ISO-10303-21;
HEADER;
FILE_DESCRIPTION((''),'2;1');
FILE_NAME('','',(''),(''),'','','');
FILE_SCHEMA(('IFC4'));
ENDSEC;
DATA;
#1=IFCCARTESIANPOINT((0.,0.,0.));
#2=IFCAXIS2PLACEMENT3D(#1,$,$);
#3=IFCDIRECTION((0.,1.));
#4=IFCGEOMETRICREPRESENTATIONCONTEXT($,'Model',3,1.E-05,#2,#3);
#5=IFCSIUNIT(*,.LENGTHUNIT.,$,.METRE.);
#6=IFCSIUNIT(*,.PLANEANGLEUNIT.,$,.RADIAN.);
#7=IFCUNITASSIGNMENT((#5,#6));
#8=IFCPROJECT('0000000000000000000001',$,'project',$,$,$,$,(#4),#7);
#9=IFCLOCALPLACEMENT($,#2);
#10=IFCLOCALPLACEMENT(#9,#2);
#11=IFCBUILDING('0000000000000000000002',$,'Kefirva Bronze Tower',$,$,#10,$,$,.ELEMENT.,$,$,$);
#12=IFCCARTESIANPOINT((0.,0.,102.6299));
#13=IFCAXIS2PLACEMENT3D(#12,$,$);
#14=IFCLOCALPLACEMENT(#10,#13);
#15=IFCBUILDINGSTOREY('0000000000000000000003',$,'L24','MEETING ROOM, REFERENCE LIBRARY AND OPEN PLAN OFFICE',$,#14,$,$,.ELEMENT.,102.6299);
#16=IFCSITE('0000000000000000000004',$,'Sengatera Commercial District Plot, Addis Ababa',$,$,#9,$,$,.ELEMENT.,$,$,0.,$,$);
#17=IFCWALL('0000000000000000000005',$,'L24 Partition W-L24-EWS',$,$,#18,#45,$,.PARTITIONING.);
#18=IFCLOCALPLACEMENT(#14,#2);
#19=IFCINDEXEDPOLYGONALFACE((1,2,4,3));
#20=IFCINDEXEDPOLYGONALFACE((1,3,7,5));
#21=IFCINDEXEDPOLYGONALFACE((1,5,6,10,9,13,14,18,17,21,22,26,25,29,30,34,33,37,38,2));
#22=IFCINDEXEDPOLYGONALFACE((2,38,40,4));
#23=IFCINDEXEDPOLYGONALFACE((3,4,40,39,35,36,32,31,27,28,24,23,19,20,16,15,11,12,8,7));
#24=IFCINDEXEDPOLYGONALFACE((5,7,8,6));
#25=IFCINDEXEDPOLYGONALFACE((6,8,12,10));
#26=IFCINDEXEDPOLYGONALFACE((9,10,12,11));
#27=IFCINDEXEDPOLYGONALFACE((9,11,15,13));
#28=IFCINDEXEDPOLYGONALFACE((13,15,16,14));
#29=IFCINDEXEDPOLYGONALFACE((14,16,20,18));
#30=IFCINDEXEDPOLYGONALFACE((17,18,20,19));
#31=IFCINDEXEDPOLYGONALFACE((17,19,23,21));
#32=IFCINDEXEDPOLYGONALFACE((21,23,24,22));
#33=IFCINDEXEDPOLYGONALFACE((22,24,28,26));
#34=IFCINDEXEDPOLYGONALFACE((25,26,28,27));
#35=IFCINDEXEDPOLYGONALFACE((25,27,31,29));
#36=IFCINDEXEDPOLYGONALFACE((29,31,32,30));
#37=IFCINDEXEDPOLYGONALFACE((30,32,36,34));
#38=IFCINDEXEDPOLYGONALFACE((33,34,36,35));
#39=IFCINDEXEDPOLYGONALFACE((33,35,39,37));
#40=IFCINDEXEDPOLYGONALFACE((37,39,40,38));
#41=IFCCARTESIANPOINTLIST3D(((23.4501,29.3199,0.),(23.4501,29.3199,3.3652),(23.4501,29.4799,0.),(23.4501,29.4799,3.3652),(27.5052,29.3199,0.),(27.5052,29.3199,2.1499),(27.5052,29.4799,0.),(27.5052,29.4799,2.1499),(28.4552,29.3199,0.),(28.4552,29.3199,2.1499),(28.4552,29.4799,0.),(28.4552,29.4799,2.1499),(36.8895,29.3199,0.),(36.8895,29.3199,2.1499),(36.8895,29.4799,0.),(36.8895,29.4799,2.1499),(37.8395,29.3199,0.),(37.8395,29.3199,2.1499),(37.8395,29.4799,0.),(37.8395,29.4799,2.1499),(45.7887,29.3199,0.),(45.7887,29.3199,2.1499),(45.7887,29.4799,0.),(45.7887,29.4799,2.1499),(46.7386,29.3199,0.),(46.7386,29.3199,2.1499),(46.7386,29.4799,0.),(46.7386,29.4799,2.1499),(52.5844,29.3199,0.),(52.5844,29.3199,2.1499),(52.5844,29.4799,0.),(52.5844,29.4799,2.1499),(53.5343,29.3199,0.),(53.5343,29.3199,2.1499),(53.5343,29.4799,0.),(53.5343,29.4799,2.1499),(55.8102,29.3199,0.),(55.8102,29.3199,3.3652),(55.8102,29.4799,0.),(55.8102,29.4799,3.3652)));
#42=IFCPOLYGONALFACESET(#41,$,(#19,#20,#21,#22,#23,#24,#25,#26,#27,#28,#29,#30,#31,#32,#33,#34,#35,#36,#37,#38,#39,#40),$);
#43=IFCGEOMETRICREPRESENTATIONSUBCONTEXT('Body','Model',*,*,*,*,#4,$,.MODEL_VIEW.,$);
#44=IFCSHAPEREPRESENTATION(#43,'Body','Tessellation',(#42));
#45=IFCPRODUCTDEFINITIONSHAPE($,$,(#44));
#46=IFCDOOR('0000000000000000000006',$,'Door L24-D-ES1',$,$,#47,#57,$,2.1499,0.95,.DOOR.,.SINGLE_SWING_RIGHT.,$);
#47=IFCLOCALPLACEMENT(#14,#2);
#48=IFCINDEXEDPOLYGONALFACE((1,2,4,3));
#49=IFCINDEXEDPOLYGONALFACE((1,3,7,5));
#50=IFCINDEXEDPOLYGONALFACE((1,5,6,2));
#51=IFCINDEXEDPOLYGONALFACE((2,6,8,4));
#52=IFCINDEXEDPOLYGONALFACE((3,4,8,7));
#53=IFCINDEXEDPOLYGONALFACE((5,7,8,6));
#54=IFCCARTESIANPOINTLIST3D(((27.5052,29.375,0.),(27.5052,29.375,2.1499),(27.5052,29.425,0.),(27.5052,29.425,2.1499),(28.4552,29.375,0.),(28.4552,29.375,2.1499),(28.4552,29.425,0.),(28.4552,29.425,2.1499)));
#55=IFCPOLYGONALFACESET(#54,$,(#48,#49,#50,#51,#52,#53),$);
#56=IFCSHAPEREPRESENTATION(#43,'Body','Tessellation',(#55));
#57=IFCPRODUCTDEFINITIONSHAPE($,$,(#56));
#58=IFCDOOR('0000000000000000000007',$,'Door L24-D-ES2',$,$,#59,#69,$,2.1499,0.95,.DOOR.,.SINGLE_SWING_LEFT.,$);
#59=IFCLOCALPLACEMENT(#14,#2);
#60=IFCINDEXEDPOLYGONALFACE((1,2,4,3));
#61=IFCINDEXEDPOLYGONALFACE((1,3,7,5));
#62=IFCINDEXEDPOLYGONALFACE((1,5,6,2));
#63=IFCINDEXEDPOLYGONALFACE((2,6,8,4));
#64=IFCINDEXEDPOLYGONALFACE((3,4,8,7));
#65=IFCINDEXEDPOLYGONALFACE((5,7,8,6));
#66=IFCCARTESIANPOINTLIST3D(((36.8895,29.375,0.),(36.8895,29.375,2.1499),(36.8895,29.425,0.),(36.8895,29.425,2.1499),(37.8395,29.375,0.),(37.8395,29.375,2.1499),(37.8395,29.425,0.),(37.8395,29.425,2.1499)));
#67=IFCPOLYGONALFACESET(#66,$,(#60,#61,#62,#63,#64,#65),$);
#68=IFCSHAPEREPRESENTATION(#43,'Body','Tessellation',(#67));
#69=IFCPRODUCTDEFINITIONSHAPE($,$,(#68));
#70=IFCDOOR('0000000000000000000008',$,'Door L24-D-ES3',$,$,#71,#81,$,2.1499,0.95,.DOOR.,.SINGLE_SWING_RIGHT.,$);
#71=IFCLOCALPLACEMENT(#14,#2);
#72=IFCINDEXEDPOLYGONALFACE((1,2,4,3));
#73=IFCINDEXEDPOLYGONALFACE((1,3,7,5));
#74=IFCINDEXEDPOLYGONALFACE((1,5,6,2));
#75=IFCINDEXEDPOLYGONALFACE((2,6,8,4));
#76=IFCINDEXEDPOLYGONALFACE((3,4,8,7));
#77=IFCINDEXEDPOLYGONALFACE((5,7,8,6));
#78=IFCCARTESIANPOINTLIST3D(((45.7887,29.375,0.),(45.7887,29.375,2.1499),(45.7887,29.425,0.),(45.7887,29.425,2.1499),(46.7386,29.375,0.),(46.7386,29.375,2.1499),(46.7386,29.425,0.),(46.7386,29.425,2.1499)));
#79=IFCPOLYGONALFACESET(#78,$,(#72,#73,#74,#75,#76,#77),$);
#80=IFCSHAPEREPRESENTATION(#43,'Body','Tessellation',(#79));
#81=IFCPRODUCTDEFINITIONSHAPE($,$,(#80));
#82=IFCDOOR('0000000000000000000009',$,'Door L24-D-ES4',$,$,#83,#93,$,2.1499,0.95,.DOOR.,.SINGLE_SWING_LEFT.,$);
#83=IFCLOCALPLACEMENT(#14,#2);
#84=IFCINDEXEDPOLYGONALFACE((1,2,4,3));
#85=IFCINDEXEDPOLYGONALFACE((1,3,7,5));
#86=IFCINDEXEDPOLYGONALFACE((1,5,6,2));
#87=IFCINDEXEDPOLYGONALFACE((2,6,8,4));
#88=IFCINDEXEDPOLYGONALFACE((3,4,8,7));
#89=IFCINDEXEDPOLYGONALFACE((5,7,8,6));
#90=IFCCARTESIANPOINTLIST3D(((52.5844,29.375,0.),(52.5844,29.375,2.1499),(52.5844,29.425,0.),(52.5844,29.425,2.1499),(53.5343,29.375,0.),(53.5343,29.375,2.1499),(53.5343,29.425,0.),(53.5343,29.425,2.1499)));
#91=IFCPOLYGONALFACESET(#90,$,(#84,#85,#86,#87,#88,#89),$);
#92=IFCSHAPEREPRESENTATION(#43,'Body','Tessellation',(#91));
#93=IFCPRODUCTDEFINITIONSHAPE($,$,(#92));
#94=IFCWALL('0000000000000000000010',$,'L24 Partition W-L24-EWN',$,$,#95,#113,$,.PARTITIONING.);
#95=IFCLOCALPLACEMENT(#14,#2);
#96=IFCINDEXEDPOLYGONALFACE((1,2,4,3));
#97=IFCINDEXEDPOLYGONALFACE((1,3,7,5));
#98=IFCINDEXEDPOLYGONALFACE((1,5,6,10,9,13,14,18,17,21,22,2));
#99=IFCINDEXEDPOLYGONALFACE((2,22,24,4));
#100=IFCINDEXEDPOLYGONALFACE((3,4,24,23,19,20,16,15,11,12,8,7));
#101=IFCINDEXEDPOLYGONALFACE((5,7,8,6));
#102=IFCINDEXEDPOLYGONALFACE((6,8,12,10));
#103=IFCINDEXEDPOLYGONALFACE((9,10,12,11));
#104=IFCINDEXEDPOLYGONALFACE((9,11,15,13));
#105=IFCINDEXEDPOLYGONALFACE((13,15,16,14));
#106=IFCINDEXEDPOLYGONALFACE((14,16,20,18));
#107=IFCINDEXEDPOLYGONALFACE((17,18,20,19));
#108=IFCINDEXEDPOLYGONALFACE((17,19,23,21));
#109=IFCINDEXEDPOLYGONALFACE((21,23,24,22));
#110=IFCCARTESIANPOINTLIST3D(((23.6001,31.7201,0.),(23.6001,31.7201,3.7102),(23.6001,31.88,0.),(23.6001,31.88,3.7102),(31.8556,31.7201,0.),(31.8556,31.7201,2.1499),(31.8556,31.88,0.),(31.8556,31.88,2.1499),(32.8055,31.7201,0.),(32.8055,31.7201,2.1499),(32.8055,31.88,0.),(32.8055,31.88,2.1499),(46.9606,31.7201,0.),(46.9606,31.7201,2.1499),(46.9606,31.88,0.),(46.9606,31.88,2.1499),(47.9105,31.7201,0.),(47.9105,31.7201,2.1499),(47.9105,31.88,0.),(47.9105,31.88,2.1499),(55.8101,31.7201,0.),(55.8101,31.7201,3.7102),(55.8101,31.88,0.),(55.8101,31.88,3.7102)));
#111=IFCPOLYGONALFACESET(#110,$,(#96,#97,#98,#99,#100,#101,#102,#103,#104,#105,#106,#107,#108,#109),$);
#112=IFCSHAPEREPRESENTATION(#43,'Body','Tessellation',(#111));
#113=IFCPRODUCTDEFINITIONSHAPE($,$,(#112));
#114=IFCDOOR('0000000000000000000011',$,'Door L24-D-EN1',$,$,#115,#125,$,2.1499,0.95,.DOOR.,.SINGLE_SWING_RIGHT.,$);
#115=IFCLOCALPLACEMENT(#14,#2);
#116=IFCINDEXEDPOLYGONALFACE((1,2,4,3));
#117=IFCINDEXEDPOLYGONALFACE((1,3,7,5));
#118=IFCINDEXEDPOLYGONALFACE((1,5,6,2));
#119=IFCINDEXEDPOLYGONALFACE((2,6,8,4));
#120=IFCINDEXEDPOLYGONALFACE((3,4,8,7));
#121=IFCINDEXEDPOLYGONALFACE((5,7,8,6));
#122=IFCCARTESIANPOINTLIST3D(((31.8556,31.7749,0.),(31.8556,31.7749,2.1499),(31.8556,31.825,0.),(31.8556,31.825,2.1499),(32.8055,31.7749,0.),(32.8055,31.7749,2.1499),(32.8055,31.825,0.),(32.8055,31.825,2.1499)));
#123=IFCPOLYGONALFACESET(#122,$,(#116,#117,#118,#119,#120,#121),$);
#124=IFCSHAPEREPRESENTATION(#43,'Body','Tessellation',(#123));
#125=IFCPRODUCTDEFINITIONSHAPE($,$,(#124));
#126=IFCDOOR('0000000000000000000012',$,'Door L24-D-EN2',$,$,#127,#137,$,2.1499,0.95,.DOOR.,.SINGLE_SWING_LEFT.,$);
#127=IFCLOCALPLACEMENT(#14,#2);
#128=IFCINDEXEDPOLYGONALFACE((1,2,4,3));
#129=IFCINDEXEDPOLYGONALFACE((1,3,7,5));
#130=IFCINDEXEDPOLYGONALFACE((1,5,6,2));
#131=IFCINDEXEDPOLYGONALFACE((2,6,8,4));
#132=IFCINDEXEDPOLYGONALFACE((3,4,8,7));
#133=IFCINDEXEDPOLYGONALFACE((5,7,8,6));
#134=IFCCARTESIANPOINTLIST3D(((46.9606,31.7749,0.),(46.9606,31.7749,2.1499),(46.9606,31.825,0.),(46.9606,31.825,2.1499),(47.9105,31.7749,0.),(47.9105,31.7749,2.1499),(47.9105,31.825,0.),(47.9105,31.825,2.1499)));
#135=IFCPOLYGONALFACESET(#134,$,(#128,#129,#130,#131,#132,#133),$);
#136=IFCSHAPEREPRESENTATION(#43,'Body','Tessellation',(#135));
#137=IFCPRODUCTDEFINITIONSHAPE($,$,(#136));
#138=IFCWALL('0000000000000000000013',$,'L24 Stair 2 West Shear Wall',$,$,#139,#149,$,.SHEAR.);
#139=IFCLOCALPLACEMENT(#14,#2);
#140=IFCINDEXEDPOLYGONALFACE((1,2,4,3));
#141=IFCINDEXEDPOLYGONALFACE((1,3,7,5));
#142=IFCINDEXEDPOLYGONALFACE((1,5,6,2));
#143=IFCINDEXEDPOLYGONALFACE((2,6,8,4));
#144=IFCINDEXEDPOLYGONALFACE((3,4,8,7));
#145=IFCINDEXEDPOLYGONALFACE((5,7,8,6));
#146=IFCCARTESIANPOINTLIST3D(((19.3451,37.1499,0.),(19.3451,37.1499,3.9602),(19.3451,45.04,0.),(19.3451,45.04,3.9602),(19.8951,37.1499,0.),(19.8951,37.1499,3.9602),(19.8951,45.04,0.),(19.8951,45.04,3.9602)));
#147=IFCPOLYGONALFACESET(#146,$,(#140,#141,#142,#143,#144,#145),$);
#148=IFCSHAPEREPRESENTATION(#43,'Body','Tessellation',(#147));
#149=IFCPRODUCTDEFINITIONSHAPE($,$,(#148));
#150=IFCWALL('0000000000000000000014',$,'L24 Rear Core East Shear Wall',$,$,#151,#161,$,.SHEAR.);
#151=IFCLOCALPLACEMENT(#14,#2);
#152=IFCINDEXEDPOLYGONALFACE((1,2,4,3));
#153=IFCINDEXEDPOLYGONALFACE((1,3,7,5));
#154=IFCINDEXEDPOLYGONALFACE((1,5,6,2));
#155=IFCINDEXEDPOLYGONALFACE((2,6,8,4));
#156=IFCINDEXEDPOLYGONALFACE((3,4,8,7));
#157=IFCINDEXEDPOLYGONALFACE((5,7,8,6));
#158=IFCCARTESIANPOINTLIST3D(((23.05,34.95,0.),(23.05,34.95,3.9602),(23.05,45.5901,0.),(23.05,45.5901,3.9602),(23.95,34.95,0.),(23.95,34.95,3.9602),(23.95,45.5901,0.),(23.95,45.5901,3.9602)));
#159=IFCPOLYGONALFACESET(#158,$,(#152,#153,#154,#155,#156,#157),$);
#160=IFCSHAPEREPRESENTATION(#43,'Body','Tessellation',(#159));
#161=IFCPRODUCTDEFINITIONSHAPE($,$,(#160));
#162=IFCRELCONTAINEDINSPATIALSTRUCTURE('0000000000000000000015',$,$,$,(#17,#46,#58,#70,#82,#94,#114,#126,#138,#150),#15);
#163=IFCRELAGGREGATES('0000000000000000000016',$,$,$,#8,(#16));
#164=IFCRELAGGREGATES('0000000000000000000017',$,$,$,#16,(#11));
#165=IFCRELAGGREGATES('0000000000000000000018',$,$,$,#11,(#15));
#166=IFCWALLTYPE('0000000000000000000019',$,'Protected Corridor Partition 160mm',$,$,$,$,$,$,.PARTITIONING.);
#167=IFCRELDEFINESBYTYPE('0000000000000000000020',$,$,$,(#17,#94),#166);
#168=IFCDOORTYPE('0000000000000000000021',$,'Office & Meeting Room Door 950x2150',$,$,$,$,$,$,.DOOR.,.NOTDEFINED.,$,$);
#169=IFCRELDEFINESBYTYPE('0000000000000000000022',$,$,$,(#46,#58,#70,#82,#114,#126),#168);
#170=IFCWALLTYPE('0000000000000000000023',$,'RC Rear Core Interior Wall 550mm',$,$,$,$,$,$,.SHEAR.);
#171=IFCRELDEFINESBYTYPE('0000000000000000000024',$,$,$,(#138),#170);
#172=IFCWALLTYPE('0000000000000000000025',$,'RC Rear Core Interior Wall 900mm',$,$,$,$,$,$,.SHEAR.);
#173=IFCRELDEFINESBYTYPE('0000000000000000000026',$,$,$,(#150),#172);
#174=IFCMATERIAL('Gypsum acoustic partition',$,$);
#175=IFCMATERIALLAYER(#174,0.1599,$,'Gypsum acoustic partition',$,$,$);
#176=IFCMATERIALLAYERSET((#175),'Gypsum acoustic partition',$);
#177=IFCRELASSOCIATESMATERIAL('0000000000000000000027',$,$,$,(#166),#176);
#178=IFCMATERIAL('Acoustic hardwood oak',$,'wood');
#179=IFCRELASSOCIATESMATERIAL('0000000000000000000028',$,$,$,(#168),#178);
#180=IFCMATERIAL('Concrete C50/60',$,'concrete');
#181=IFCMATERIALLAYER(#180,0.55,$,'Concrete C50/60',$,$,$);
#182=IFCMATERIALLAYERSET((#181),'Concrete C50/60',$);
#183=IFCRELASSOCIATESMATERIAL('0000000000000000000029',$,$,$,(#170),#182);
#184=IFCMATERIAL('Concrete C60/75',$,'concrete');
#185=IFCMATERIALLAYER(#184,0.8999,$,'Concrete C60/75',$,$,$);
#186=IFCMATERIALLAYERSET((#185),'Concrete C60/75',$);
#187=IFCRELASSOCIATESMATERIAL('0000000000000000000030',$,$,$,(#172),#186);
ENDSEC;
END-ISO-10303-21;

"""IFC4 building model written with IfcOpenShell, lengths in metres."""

from ifc_helpers import new_model, si_unit, direction, frame, frame_2d, origin, place, context, subcontext, project, spatial, rectangle, extrude, material, layer, layer_set, type_object, element, fill, save


model = new_model("IFC4")

# Units and contexts
model_context = context("Model", 3, precision=1e-05, world=origin(), true_north=direction((0.0, 1.0)))
body_context = subcontext(model_context, "Body", "Model", "MODEL_VIEW")
ifc_project = project(units=[si_unit("LENGTHUNIT", "METRE"), si_unit("PLANEANGLEUNIT", "RADIAN")], contexts=[model_context])

# Site, building, storey
site_placement = place(None, origin())
site = spatial("IfcSite", under=ifc_project, at=site_placement, Name="Sengatera Commercial District Plot, Addis Ababa", CompositionType="ELEMENT", RefElevation=0.0)
building_placement = place(site_placement, origin())
building = spatial("IfcBuilding", under=site, at=building_placement, Name="Kefirva Bronze Tower", CompositionType="ELEMENT")
storey_placement = place(building_placement, frame((0.0, 0.0, 102.6299)))
storey = spatial("IfcBuildingStorey", under=building, at=storey_placement, Name="L24", Description="MEETING ROOM, REFERENCE LIBRARY AND OPEN PLAN OFFICE", CompositionType="ELEMENT", Elevation=102.6299)

# Shared definitions
ifc_material_1 = material(Name="Concrete C60/75", Category="concrete")

# Walls, openings, doors
ifc_material_2 = material(Name="Gypsum acoustic partition")
ifc_layer_1 = layer(ifc_material_2, 0.1599, Name="Gypsum acoustic partition")
ifc_layer_set_1 = layer_set([ifc_layer_1], Name="Gypsum acoustic partition")
wall_type_1 = type_object("IfcWallType", Name="Protected Corridor Partition 160mm", PredefinedType="PARTITIONING", material=ifc_layer_set_1)
wall_1_placement = place(storey_placement, frame((23.45, 29.3999, 0.0), z_axis=(0.0, 0.0, 1.0), x_axis=(1.0, 0.0, 0.0)))
wall_1 = element("IfcWall", 1, at=wall_1_placement, inside=storey, type_object=wall_type_1, Name="L24 Partition W-L24-EWS", PredefinedType="PARTITIONING", context=body_context, shape_type="SweptSolid", body=[
    extrude(rectangle(XDim=32.3601, YDim=0.1599, at=frame_2d((16.1802, 0.0))), origin(), (0.0, 0.0, 1.0), 3.3652),
])
opening_1_placement = place(wall_1_placement, frame((5.0054, 0.0, 0.0), z_axis=(0.0, 0.0, 1.0), x_axis=(-1.0, 0.0, 0.0)))
opening_1 = element("IfcOpeningElement", 2, at=opening_1_placement, cuts=wall_1, PredefinedType="OPENING", context=body_context, shape_type="SweptSolid", body=[
    extrude(rectangle(XDim=0.95, YDim=2.1499, at=frame_2d((0.4751, 1.075))), frame((0.0, 0.0898, 0.0), z_axis=(0.0, -1.0, 0.0), x_axis=(1.0, 0.0, 0.0)), (0.0, 0.0, 1.0), 0.1799),
])
opening_2_placement = place(wall_1_placement, frame((14.3896, 0.0, 0.0), z_axis=(0.0, 0.0, 1.0), x_axis=(-1.0, 0.0, 0.0)))
opening_2 = element("IfcOpeningElement", 3, at=opening_2_placement, cuts=wall_1, PredefinedType="OPENING", context=body_context, shape_type="SweptSolid", body=[
    extrude(rectangle(XDim=0.95, YDim=2.1499, at=frame_2d((0.4751, 1.075))), frame((0.0, 0.0898, 0.0), z_axis=(0.0, -1.0, 0.0), x_axis=(1.0, 0.0, 0.0)), (0.0, 0.0, 1.0), 0.1799),
])
opening_3_placement = place(wall_1_placement, frame((23.2888, 0.0, 0.0), z_axis=(0.0, 0.0, 1.0), x_axis=(-1.0, 0.0, 0.0)))
opening_3 = element("IfcOpeningElement", 4, at=opening_3_placement, cuts=wall_1, PredefinedType="OPENING", context=body_context, shape_type="SweptSolid", body=[
    extrude(rectangle(XDim=0.95, YDim=2.1499, at=frame_2d((0.4751, 1.075))), frame((0.0, 0.0898, 0.0), z_axis=(0.0, -1.0, 0.0), x_axis=(1.0, 0.0, 0.0)), (0.0, 0.0, 1.0), 0.1799),
])
opening_4_placement = place(wall_1_placement, frame((30.0845, 0.0, 0.0), z_axis=(0.0, 0.0, 1.0), x_axis=(-1.0, 0.0, 0.0)))
opening_4 = element("IfcOpeningElement", 5, at=opening_4_placement, cuts=wall_1, PredefinedType="OPENING", context=body_context, shape_type="SweptSolid", body=[
    extrude(rectangle(XDim=0.95, YDim=2.1499, at=frame_2d((0.4751, 1.075))), frame((0.0, 0.0898, 0.0), z_axis=(0.0, -1.0, 0.0), x_axis=(1.0, 0.0, 0.0)), (0.0, 0.0, 1.0), 0.1799),
])
ifc_material_3 = material(Name="Acoustic hardwood oak", Category="wood")
door_type_1 = type_object("IfcDoorType", Name="Office & Meeting Room Door 950x2150", OperationType="NOTDEFINED", PredefinedType="DOOR", material=ifc_material_3)
door_1_placement = place(opening_1_placement, origin())
door_1 = element("IfcDoor", 6, at=door_1_placement, inside=storey, type_object=door_type_1, Name="Door L24-D-ES1", OperationType="SINGLE_SWING_RIGHT", OverallHeight=2.1499, OverallWidth=0.95, PredefinedType="DOOR", context=body_context, shape_type="SweptSolid", body=[
    extrude(rectangle(XDim=0.95, YDim=2.1499, at=frame_2d((0.4751, 1.075))), frame((0.0, 0.0249, 0.0), z_axis=(0.0, -1.0, 0.0), x_axis=(1.0, 0.0, 0.0)), (0.0, 0.0, 1.0), 0.05),
])
fill(opening_1, door_1)
door_2_placement = place(opening_2_placement, origin())
door_2 = element("IfcDoor", 7, at=door_2_placement, inside=storey, type_object=door_type_1, Name="Door L24-D-ES2", OperationType="SINGLE_SWING_LEFT", OverallHeight=2.1499, OverallWidth=0.95, PredefinedType="DOOR", context=body_context, shape_type="SweptSolid", body=[
    extrude(rectangle(XDim=0.95, YDim=2.1499, at=frame_2d((0.4751, 1.075))), frame((0.0, 0.0249, 0.0), z_axis=(0.0, -1.0, 0.0), x_axis=(1.0, 0.0, 0.0)), (0.0, 0.0, 1.0), 0.05),
])
fill(opening_2, door_2)
door_3_placement = place(opening_3_placement, origin())
door_3 = element("IfcDoor", 8, at=door_3_placement, inside=storey, type_object=door_type_1, Name="Door L24-D-ES3", OperationType="SINGLE_SWING_RIGHT", OverallHeight=2.1499, OverallWidth=0.95, PredefinedType="DOOR", context=body_context, shape_type="SweptSolid", body=[
    extrude(rectangle(XDim=0.95, YDim=2.1499, at=frame_2d((0.4751, 1.075))), frame((0.0, 0.0249, 0.0), z_axis=(0.0, -1.0, 0.0), x_axis=(1.0, 0.0, 0.0)), (0.0, 0.0, 1.0), 0.05),
])
fill(opening_3, door_3)
door_4_placement = place(opening_4_placement, origin())
door_4 = element("IfcDoor", 9, at=door_4_placement, inside=storey, type_object=door_type_1, Name="Door L24-D-ES4", OperationType="SINGLE_SWING_LEFT", OverallHeight=2.1499, OverallWidth=0.95, PredefinedType="DOOR", context=body_context, shape_type="SweptSolid", body=[
    extrude(rectangle(XDim=0.95, YDim=2.1499, at=frame_2d((0.4751, 1.075))), frame((0.0, 0.0249, 0.0), z_axis=(0.0, -1.0, 0.0), x_axis=(1.0, 0.0, 0.0)), (0.0, 0.0, 1.0), 0.05),
])
fill(opening_4, door_4)
wall_2_placement = place(storey_placement, frame((23.6001, 31.8, 0.0), z_axis=(0.0, 0.0, 1.0), x_axis=(1.0, 0.0, 0.0)))
wall_2 = element("IfcWall", 10, at=wall_2_placement, inside=storey, type_object=wall_type_1, Name="L24 Partition W-L24-EWN", PredefinedType="PARTITIONING", context=body_context, shape_type="SweptSolid", body=[
    extrude(rectangle(XDim=32.21, YDim=0.1599, at=frame_2d((16.105, 0.0))), origin(), (0.0, 0.0, 1.0), 3.7102),
])
opening_5_placement = place(wall_2_placement, frame((8.2554, 0.0, 0.0)))
opening_5 = element("IfcOpeningElement", 11, at=opening_5_placement, cuts=wall_2, PredefinedType="OPENING", context=body_context, shape_type="SweptSolid", body=[
    extrude(rectangle(XDim=0.95, YDim=2.1499, at=frame_2d((0.4751, 1.075))), frame((0.0, 0.0898, 0.0), z_axis=(0.0, -1.0, 0.0), x_axis=(1.0, 0.0, 0.0)), (0.0, 0.0, 1.0), 0.1799),
])
opening_6_placement = place(wall_2_placement, frame((23.3604, 0.0, 0.0)))
opening_6 = element("IfcOpeningElement", 12, at=opening_6_placement, cuts=wall_2, PredefinedType="OPENING", context=body_context, shape_type="SweptSolid", body=[
    extrude(rectangle(XDim=0.95, YDim=2.1499, at=frame_2d((0.4751, 1.075))), frame((0.0, 0.0898, 0.0), z_axis=(0.0, -1.0, 0.0), x_axis=(1.0, 0.0, 0.0)), (0.0, 0.0, 1.0), 0.1799),
])
door_5_placement = place(opening_5_placement, origin())
door_5 = element("IfcDoor", 13, at=door_5_placement, inside=storey, type_object=door_type_1, Name="Door L24-D-EN1", OperationType="SINGLE_SWING_RIGHT", OverallHeight=2.1499, OverallWidth=0.95, PredefinedType="DOOR", context=body_context, shape_type="SweptSolid", body=[
    extrude(rectangle(XDim=0.95, YDim=2.1499, at=frame_2d((0.4751, 1.075))), frame((0.0, 0.0249, 0.0), z_axis=(0.0, -1.0, 0.0), x_axis=(1.0, 0.0, 0.0)), (0.0, 0.0, 1.0), 0.05),
])
fill(opening_5, door_5)
door_6_placement = place(opening_6_placement, origin())
door_6 = element("IfcDoor", 14, at=door_6_placement, inside=storey, type_object=door_type_1, Name="Door L24-D-EN2", OperationType="SINGLE_SWING_LEFT", OverallHeight=2.1499, OverallWidth=0.95, PredefinedType="DOOR", context=body_context, shape_type="SweptSolid", body=[
    extrude(rectangle(XDim=0.95, YDim=2.1499, at=frame_2d((0.4751, 1.075))), frame((0.0, 0.0249, 0.0), z_axis=(0.0, -1.0, 0.0), x_axis=(1.0, 0.0, 0.0)), (0.0, 0.0, 1.0), 0.05),
])
fill(opening_6, door_6)

# Walls
ifc_material_4 = material(Name="Concrete C50/60", Category="concrete")
ifc_layer_2 = layer(ifc_material_4, 0.55, Name="Concrete C50/60")
ifc_layer_set_2 = layer_set([ifc_layer_2], Name="Concrete C50/60")
wall_type_2 = type_object("IfcWallType", Name="RC Rear Core Interior Wall 550mm", PredefinedType="SHEAR", material=ifc_layer_set_2)
wall_3_placement = place(storey_placement, frame((19.6201, 37.1499, 0.0), z_axis=(0.0, 0.0, 1.0), x_axis=(0.0, 1.0, 0.0)))
element("IfcWall", 15, at=wall_3_placement, inside=storey, type_object=wall_type_2, Name="L24 Stair 2 West Shear Wall", PredefinedType="SHEAR", context=body_context, shape_type="SweptSolid", body=[
    extrude(rectangle(XDim=7.8901, YDim=0.55, at=frame_2d((3.9451, 0.0))), origin(), (0.0, 0.0, 1.0), 3.9602),
])
ifc_layer_3 = layer(ifc_material_1, 0.8999, Name="Concrete C60/75")
ifc_layer_set_3 = layer_set([ifc_layer_3], Name="Concrete C60/75")
wall_type_3 = type_object("IfcWallType", Name="RC Rear Core Interior Wall 900mm", PredefinedType="SHEAR", material=ifc_layer_set_3)
wall_4_placement = place(storey_placement, frame((23.5, 34.95, 0.0), z_axis=(0.0, 0.0, 1.0), x_axis=(0.0, 1.0, 0.0)))
element("IfcWall", 16, at=wall_4_placement, inside=storey, type_object=wall_type_3, Name="L24 Rear Core East Shear Wall", PredefinedType="SHEAR", context=body_context, shape_type="SweptSolid", body=[
    extrude(rectangle(XDim=10.6401, YDim=0.8999, at=frame_2d((5.3201, 0.0))), origin(), (0.0, 0.0, 1.0), 3.9602),
])

save(model, "model.ifc")
